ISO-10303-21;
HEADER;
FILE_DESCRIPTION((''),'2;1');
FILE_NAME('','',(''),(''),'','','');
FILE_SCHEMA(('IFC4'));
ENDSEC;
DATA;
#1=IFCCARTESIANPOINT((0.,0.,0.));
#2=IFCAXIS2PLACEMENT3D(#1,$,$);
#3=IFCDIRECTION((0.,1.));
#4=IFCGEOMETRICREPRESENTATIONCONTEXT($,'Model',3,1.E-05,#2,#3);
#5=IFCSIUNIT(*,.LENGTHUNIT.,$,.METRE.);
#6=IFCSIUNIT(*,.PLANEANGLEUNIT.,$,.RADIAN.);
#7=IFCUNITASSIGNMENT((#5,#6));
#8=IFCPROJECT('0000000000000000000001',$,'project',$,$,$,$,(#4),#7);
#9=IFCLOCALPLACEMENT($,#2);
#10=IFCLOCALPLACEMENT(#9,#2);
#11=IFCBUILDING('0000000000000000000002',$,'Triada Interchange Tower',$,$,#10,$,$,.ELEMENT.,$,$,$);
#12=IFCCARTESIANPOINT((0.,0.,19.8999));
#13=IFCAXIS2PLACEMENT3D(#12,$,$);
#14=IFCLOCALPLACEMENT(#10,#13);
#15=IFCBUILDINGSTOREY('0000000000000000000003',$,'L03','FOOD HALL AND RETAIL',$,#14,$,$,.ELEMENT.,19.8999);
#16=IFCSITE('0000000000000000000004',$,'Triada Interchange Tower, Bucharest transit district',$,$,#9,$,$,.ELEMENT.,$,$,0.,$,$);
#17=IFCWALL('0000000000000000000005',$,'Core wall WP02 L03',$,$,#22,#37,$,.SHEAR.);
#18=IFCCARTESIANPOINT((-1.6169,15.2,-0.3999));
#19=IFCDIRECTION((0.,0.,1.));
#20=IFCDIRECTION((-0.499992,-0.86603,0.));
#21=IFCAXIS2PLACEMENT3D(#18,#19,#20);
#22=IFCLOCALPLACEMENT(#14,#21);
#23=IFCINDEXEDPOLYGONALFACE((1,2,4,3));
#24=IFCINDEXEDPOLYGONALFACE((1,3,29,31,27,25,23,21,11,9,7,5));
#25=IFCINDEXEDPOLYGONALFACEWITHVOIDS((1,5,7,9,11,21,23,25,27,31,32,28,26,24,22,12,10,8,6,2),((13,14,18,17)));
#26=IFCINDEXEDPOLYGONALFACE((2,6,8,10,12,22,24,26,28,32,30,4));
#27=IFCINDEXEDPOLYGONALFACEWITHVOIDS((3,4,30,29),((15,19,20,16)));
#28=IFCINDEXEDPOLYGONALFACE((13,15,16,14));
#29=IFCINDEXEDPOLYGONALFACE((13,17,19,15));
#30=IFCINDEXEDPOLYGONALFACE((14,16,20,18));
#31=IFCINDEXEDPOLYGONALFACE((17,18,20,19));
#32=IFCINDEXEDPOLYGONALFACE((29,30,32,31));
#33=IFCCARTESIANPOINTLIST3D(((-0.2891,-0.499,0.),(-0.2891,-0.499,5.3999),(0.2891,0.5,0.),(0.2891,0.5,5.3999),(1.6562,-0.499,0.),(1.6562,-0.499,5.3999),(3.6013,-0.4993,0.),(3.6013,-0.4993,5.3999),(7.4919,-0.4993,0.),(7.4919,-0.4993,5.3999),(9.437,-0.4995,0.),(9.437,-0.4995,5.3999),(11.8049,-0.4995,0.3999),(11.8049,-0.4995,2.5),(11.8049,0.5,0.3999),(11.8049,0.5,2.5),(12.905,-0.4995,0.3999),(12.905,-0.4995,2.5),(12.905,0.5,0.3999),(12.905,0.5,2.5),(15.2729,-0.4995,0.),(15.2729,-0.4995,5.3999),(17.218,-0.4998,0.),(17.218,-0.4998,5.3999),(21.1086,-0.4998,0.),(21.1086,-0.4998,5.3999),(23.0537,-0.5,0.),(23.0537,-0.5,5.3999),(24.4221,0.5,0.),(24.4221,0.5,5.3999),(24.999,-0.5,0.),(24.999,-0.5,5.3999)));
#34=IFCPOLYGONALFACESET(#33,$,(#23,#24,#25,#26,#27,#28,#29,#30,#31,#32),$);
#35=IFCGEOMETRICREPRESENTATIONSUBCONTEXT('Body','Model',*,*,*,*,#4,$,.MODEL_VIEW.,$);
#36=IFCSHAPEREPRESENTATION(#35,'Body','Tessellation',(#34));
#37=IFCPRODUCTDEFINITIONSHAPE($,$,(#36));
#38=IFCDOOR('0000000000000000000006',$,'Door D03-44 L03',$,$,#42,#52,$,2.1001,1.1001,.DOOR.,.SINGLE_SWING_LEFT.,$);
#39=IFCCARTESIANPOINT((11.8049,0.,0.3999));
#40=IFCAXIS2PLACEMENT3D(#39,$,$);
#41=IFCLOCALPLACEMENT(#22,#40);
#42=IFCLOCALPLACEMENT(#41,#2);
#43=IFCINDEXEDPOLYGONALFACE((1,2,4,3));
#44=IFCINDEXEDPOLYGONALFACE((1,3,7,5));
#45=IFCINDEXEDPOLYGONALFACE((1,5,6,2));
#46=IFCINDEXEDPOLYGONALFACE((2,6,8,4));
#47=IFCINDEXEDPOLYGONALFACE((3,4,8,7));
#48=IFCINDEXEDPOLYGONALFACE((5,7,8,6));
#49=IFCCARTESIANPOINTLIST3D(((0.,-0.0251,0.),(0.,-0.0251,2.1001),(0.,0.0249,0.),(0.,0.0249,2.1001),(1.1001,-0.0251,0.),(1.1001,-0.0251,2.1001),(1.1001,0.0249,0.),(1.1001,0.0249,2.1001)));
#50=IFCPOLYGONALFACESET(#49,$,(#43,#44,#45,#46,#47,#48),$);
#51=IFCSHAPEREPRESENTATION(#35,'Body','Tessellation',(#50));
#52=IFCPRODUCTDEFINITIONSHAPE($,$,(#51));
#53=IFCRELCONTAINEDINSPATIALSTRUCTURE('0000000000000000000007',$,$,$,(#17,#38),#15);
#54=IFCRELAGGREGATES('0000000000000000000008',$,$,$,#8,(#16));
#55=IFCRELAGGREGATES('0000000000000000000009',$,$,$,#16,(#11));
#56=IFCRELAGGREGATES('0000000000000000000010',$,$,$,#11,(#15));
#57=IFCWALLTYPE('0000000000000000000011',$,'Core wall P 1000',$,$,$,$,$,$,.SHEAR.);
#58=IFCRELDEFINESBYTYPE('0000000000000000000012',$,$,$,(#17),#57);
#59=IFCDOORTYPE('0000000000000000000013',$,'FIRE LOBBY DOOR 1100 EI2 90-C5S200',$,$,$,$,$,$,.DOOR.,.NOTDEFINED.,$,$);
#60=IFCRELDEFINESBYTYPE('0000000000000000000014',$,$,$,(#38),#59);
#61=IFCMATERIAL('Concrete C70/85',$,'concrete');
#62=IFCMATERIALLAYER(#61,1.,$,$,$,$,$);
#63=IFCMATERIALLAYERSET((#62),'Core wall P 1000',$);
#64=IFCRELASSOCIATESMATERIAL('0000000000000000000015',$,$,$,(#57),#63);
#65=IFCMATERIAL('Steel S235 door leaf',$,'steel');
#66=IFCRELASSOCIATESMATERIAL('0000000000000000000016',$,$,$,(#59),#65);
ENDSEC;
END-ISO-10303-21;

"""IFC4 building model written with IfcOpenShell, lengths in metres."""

from ifc_helpers import new_model, si_unit, direction, frame, frame_2d, origin, place, context, subcontext, project, spatial, polyline, rectangle, outline, extrude, material, layer, layer_set, type_object, element, fill, save


model = new_model("IFC4")

# Units and contexts
model_context = context("Model", 3, precision=1e-05, world=origin(), true_north=direction((0.0, 1.0)))
body_context = subcontext(model_context, "Body", "Model", "MODEL_VIEW")
ifc_project = project(units=[si_unit("LENGTHUNIT", "METRE"), si_unit("PLANEANGLEUNIT", "RADIAN")], contexts=[model_context])

# Site, building, storey
site_placement = place(None, origin())
site = spatial("IfcSite", under=ifc_project, at=site_placement, Name="Triada Interchange Tower, Bucharest transit district", CompositionType="ELEMENT", RefElevation=0.0)
building_placement = place(site_placement, origin())
building = spatial("IfcBuilding", under=site, at=building_placement, Name="Triada Interchange Tower", CompositionType="ELEMENT")
storey_placement = place(building_placement, frame((0.0, 0.0, 19.8999)))
storey = spatial("IfcBuildingStorey", under=building, at=storey_placement, Name="L03", Description="FOOD HALL AND RETAIL", CompositionType="ELEMENT", Elevation=19.8999)

# Shared definitions
ifc_material_1 = material(Name="Concrete C70/85", Category="concrete")

# Wall, opening, door
ifc_layer_1 = layer(ifc_material_1, 1.0)
ifc_layer_set_1 = layer_set([ifc_layer_1], Name="Core wall P 1000")
wall_type_1 = type_object("IfcWallType", Name="Core wall P 1000", PredefinedType="SHEAR", material=ifc_layer_set_1)
wall_1_placement = place(storey_placement, frame((-1.6169, 15.2, -0.3999), z_axis=(0.0, 0.0, 1.0), x_axis=(-0.499992, -0.86603, 0.0)))
wall_1 = element("IfcWall", 1, at=wall_1_placement, inside=storey, type_object=wall_type_1, Name="Core wall WP02 L03", PredefinedType="SHEAR", context=body_context, shape_type="SweptSolid", body=[
    extrude(outline(polyline([(-0.2891, -0.499), (1.6562, -0.499), (3.6013, -0.4993), (5.5466, -0.4993), (7.4919, -0.4993), (9.437, -0.4995), (11.3823, -0.4995), (13.3276, -0.4995), (15.2729, -0.4995), (17.218, -0.4998), (19.1633, -0.4998), (21.1086, -0.4998), (23.0537, -0.5), (24.999, -0.5), (24.4221, 0.5), (22.5657, 0.5), (20.7092, 0.5), (18.853, 0.5), (16.9966, 0.5), (15.1401, 0.5), (13.2837, 0.5), (11.4275, 0.5), (9.571, 0.5), (7.7146, 0.5), (5.8582, 0.5), (4.002, 0.5), (2.1455, 0.5), (0.2891, 0.5), (-0.2891, -0.499)])), origin(), (0.0, 0.0, 1.0), 5.3999),
])
opening_1_placement = place(wall_1_placement, frame((11.8049, 0.0, 0.3999)))
opening_1 = element("IfcOpeningElement", 2, at=opening_1_placement, cuts=wall_1, PredefinedType="OPENING", context=body_context, shape_type="SweptSolid", body=[
    extrude(rectangle(XDim=1.1001, YDim=2.1001, at=frame_2d((0.55, 1.05))), frame((0.0, 0.51, 0.0), z_axis=(0.0, -1.0, 0.0), x_axis=(1.0, 0.0, 0.0)), (0.0, 0.0, 1.0), 1.02),
])
ifc_material_2 = material(Name="Steel S235 door leaf", Category="steel")
door_type_1 = type_object("IfcDoorType", Name="FIRE LOBBY DOOR 1100 EI2 90-C5S200", OperationType="NOTDEFINED", PredefinedType="DOOR", material=ifc_material_2)
door_1_placement = place(opening_1_placement, origin())
door_1 = element("IfcDoor", 3, at=door_1_placement, inside=storey, type_object=door_type_1, Name="Door D03-44 L03", OperationType="SINGLE_SWING_LEFT", OverallHeight=2.1001, OverallWidth=1.1001, PredefinedType="DOOR", context=body_context, shape_type="SweptSolid", body=[
    extrude(rectangle(XDim=1.1001, YDim=2.1001, at=frame_2d((0.55, 1.05))), frame((0.0, 0.0249, 0.0), z_axis=(0.0, -1.0, 0.0), x_axis=(1.0, 0.0, 0.0)), (0.0, 0.0, 1.0), 0.05),
])
fill(opening_1, door_1)

save(model, "model.ifc")
